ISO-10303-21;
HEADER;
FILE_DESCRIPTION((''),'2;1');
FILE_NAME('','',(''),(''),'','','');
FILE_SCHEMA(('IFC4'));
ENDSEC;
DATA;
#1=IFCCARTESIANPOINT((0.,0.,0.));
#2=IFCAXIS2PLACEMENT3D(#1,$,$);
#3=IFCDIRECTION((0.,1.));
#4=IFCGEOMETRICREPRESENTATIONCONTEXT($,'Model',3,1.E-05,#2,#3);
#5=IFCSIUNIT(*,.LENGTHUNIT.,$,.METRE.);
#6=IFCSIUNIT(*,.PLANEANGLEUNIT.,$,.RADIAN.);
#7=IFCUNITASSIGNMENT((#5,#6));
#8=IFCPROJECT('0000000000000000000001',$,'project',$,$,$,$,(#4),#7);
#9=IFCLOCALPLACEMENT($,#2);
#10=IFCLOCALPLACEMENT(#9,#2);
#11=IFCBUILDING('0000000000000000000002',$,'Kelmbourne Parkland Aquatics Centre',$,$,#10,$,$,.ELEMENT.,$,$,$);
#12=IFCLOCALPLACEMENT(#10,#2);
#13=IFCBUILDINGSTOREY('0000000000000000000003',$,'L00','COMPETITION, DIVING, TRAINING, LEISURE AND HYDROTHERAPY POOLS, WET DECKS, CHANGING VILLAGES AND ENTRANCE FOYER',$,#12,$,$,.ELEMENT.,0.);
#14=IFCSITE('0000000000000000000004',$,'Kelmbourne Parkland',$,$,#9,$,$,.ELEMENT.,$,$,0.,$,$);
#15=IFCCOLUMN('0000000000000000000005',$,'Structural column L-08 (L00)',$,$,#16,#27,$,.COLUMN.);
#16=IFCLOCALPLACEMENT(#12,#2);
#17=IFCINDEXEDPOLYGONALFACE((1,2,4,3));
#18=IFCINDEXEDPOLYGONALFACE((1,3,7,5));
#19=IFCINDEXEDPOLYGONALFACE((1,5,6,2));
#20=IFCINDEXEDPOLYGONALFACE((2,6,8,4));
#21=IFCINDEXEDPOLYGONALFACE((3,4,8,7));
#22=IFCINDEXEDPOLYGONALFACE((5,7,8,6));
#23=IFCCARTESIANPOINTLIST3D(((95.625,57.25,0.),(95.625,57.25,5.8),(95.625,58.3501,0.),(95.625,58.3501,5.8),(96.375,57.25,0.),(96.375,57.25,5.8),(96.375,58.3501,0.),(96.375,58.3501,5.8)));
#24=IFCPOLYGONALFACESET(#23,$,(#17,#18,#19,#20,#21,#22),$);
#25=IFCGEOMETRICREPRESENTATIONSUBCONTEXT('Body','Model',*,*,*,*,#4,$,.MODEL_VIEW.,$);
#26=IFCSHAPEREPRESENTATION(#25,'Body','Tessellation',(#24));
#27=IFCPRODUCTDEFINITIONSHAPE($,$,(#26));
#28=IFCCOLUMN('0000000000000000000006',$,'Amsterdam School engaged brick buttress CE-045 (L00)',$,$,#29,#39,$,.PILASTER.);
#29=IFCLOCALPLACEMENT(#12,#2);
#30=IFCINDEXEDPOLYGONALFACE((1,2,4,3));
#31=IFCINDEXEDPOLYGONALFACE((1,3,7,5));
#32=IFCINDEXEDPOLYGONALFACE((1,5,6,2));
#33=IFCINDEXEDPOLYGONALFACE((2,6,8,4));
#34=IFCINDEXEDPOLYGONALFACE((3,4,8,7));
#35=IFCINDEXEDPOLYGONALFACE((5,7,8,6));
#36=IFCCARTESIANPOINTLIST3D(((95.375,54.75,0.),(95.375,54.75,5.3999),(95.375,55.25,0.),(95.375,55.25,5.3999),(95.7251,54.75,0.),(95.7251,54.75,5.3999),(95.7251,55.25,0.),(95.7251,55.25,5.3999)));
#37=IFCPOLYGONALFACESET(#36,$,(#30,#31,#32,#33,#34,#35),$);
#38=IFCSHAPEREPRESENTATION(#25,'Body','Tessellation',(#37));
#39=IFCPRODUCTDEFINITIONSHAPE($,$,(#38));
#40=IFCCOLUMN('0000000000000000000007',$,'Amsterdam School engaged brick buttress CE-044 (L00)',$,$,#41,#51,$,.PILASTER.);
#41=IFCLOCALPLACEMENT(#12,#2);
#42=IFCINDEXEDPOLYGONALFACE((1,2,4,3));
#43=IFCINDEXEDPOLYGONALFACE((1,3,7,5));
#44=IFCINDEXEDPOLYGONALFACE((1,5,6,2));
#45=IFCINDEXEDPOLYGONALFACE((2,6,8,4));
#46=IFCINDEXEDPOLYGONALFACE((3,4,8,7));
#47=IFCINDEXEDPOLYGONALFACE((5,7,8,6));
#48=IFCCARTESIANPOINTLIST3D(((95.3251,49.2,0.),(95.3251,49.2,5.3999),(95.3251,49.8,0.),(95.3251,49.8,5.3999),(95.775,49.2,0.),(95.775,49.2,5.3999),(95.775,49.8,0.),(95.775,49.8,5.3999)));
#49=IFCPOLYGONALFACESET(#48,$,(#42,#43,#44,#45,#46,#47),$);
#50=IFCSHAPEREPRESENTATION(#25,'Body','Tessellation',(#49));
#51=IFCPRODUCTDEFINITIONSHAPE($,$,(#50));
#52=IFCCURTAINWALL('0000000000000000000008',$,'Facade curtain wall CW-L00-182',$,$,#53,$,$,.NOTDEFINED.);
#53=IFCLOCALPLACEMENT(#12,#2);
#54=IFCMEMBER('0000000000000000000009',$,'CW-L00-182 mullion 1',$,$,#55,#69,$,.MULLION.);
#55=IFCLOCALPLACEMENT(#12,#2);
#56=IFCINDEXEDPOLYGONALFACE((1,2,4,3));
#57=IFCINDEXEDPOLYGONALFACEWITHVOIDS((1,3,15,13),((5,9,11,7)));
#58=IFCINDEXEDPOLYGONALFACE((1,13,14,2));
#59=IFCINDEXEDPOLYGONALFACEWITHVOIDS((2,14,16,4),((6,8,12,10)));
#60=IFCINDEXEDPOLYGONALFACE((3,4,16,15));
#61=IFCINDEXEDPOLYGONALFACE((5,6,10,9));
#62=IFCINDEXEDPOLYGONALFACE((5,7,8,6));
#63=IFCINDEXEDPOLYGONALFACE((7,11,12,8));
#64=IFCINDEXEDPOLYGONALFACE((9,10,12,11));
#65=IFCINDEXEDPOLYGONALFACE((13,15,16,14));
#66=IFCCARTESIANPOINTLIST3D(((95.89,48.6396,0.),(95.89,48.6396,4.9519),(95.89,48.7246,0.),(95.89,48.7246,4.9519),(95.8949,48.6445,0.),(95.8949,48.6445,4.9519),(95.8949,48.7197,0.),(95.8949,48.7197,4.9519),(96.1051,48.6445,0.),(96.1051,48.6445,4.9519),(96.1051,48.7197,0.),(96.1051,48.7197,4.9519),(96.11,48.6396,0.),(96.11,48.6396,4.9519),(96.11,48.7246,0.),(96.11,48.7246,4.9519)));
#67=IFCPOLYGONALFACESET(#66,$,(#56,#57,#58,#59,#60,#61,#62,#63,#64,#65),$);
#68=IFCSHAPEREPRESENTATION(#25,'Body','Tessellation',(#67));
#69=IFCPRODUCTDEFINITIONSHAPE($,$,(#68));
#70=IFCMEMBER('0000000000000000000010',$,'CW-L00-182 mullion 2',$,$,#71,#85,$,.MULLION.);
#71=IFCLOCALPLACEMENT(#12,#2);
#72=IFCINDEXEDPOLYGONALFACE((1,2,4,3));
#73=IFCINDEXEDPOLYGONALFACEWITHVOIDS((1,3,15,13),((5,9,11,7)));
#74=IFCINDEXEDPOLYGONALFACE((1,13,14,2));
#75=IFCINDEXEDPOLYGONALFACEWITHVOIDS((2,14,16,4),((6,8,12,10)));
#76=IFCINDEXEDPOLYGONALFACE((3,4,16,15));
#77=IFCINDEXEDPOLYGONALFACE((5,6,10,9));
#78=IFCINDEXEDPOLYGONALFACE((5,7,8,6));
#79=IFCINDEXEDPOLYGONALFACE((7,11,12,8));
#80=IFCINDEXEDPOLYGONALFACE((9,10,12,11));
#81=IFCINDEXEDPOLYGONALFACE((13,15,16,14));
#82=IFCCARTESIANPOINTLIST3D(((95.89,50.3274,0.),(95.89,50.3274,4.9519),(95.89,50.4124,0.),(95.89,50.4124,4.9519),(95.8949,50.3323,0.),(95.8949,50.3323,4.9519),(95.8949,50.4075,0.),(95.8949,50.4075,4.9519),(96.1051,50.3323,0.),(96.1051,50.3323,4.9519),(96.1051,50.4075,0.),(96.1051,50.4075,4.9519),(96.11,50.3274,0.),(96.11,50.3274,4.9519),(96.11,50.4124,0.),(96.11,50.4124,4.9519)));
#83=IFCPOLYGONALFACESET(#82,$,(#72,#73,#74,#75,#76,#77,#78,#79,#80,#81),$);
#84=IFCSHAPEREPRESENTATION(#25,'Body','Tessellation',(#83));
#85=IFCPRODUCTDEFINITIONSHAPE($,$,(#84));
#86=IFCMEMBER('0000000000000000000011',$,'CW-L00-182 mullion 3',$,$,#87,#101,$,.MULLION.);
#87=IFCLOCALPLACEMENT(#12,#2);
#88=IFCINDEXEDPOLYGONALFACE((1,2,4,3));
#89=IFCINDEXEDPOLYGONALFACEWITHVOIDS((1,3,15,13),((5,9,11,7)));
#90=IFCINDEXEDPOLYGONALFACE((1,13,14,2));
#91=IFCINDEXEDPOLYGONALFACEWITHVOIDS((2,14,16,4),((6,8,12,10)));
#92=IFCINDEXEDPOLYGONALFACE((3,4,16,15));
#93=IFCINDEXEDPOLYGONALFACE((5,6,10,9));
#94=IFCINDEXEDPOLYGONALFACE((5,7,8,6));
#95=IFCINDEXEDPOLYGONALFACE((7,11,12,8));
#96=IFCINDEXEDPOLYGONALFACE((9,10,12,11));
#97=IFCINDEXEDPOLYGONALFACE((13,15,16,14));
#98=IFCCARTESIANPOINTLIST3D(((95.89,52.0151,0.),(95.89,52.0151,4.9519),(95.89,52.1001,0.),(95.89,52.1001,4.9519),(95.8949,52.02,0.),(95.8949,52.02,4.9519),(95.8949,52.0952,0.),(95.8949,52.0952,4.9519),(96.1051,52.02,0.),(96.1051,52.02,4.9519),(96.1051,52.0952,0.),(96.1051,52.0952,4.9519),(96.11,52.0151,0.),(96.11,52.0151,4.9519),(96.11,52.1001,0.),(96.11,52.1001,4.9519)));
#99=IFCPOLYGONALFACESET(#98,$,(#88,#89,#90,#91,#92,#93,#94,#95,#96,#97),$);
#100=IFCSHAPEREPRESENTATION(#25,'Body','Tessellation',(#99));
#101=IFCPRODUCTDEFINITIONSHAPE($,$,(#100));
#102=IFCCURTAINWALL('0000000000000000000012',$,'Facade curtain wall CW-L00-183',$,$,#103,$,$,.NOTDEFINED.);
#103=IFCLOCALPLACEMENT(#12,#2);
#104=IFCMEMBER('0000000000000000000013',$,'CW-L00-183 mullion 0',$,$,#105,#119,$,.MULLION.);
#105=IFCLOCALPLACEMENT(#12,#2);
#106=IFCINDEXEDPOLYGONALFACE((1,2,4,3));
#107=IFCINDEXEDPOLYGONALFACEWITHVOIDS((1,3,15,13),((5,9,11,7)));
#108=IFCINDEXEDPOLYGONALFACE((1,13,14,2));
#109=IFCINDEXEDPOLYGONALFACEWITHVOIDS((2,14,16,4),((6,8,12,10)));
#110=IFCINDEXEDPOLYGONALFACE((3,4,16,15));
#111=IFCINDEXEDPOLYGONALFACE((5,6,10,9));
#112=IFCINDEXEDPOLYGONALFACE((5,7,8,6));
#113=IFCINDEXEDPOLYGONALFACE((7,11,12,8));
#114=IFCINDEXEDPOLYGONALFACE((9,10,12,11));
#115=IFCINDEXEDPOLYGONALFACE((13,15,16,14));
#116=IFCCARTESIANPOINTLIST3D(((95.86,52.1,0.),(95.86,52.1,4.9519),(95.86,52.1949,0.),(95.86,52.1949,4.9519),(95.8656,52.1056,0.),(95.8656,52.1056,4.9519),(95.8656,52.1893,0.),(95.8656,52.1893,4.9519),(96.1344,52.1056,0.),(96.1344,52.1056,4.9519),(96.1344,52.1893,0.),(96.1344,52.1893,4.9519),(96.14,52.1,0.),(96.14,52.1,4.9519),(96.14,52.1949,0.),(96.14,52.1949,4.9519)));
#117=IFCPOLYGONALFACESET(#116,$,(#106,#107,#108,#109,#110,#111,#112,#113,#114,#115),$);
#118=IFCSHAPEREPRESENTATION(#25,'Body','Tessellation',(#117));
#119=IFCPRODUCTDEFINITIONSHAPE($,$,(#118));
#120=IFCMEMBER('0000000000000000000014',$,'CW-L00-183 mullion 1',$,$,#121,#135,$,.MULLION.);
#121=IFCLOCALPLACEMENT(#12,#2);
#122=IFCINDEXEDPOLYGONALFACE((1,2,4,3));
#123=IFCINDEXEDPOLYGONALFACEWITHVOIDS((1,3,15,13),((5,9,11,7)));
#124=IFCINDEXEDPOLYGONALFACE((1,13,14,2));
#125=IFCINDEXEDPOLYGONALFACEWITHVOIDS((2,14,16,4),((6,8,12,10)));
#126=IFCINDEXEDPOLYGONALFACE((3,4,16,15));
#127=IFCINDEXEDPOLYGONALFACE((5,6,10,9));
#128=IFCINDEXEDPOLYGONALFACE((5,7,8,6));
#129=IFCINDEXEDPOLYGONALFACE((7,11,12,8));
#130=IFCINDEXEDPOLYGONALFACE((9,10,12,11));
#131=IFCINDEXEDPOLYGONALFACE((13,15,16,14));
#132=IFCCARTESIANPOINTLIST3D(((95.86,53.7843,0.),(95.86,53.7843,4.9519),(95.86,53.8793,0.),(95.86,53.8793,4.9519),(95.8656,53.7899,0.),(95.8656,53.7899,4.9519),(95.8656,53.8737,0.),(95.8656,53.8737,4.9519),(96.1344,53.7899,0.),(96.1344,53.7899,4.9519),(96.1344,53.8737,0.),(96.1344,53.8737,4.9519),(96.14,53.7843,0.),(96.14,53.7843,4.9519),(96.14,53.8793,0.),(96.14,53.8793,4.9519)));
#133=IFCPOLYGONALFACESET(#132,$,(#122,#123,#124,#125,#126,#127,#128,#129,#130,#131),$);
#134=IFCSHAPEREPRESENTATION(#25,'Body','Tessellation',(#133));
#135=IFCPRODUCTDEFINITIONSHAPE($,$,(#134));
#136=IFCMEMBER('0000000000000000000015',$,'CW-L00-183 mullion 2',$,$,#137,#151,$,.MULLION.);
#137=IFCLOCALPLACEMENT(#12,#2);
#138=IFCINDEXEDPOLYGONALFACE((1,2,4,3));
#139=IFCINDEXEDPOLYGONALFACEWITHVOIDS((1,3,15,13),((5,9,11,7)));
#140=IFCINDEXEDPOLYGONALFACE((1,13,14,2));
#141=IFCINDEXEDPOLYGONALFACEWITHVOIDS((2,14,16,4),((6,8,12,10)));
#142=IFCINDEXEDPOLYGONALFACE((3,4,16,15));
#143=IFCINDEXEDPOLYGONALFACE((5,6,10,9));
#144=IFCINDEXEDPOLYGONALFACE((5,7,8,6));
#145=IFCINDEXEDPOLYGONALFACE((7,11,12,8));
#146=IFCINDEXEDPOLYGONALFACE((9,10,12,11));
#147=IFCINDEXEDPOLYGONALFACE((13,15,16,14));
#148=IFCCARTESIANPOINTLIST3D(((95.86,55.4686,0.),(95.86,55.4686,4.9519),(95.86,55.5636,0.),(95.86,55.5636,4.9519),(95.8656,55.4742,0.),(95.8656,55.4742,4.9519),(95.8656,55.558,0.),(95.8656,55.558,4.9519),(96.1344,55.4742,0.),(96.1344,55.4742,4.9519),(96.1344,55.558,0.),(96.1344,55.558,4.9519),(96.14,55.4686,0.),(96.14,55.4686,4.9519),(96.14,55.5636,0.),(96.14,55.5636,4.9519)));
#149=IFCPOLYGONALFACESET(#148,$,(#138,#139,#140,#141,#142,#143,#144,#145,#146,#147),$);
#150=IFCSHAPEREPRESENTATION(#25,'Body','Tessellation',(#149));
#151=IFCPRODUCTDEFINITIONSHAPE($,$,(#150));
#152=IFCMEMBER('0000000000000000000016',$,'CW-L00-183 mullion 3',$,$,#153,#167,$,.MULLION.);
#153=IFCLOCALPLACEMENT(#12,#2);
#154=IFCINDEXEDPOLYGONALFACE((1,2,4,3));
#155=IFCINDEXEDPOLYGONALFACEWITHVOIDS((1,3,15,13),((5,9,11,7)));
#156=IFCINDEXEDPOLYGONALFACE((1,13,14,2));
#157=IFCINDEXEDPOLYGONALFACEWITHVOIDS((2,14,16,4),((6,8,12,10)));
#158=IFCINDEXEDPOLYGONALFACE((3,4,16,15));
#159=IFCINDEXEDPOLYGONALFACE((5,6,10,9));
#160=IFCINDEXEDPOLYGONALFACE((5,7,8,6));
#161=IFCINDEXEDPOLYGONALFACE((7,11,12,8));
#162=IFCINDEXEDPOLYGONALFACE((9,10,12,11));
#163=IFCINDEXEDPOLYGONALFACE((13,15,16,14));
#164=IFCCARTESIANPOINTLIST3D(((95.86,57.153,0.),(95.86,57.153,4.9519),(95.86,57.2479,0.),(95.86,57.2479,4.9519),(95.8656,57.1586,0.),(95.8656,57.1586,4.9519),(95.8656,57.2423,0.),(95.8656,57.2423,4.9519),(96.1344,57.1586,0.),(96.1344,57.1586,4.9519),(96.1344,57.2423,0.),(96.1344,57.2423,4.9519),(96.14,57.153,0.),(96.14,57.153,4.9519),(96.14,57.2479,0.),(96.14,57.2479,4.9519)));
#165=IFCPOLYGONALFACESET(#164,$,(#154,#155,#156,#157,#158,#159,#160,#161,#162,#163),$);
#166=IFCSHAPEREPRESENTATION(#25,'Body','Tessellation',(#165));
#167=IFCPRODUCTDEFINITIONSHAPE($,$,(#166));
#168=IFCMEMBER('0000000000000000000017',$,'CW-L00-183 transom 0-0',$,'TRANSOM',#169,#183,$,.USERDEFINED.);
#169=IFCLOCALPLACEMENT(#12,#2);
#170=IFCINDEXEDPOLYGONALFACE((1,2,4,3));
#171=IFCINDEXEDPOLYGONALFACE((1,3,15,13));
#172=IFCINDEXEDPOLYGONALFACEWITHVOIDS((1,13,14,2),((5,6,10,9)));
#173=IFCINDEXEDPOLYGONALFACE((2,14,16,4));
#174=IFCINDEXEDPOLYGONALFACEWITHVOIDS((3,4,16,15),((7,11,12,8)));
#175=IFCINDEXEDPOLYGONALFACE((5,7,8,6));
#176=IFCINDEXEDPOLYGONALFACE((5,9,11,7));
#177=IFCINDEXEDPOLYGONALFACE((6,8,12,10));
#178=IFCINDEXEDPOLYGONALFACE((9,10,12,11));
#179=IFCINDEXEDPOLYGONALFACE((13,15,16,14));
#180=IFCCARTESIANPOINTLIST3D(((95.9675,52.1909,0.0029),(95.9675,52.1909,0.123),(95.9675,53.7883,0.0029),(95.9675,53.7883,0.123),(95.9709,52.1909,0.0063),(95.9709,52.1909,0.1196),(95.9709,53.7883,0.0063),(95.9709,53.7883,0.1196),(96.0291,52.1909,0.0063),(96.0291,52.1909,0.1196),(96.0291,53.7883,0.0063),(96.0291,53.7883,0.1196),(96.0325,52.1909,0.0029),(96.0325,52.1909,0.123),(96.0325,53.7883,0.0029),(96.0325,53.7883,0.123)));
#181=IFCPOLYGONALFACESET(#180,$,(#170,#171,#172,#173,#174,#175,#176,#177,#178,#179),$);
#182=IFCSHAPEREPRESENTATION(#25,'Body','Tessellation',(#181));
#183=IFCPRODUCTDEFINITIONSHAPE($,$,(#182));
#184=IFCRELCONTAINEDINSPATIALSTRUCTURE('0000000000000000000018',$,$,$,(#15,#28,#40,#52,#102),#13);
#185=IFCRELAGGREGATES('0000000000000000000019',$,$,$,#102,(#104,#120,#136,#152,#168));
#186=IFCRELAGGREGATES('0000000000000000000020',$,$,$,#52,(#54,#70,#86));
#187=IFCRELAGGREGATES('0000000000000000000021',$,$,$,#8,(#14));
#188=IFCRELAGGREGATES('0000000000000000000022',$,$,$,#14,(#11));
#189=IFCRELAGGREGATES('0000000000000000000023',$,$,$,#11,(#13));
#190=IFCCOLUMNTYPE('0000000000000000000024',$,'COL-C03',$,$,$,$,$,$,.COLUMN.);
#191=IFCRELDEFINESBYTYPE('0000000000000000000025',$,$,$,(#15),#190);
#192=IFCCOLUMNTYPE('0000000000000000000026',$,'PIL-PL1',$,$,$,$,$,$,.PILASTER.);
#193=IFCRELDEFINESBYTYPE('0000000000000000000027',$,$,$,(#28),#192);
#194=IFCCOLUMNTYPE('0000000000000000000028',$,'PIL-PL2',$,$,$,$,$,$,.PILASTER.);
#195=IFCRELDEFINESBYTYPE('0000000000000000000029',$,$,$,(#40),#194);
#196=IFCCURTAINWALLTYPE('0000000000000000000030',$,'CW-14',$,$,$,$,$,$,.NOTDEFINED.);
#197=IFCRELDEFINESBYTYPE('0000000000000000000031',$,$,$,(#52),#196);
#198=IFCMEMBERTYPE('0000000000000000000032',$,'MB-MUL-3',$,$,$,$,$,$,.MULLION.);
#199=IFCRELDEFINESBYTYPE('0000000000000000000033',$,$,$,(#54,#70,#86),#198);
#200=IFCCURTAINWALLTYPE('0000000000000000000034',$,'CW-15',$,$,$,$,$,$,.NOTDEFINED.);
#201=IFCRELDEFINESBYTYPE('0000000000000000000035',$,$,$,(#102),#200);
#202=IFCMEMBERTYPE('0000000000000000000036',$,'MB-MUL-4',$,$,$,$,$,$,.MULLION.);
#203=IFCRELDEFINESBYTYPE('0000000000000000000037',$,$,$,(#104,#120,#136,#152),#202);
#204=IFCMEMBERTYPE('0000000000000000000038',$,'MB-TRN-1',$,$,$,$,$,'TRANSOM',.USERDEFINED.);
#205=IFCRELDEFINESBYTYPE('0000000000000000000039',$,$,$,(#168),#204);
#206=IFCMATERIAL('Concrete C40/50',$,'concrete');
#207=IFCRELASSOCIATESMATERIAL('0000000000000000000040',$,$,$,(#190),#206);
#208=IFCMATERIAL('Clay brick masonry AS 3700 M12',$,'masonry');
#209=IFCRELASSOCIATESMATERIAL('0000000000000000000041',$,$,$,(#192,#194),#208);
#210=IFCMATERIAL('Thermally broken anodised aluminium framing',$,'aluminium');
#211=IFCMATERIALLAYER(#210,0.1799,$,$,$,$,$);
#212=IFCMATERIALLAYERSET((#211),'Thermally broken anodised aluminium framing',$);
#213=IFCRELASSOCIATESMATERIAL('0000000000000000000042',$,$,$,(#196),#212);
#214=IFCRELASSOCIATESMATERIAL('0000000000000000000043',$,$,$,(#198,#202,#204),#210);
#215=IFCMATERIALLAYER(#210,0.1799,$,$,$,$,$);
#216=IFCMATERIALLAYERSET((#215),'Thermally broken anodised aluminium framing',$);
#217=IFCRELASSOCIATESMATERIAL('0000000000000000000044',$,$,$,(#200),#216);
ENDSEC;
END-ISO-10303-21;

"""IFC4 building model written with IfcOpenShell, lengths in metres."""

from ifc_helpers import new_model, si_unit, direction, frame, origin, origin_2d, place, context, subcontext, project, spatial, rectangle, hollow_rectangle, extrude, material, layer, layer_set, material_profile, profile_set, type_object, element, aggregate, save


model = new_model("IFC4")

# Units and contexts
model_context = context("Model", 3, precision=1e-05, world=origin(), true_north=direction((0.0, 1.0)))
body_context = subcontext(model_context, "Body", "Model", "MODEL_VIEW")
ifc_project = project(units=[si_unit("LENGTHUNIT", "METRE"), si_unit("PLANEANGLEUNIT", "RADIAN")], contexts=[model_context])

# Site, building, storey
site_placement = place(None, origin())
site = spatial("IfcSite", under=ifc_project, at=site_placement, Name="Kelmbourne Parkland", CompositionType="ELEMENT", RefElevation=0.0)
building_placement = place(site_placement, origin())
building = spatial("IfcBuilding", under=site, at=building_placement, Name="Kelmbourne Parkland Aquatics Centre", CompositionType="ELEMENT")
storey_placement = place(building_placement, origin())
storey = spatial("IfcBuildingStorey", under=building, at=storey_placement, Name="L00", Description="COMPETITION, DIVING, TRAINING, LEISURE AND HYDROTHERAPY POOLS, WET DECKS, CHANGING VILLAGES AND ENTRANCE FOYER", CompositionType="ELEMENT", Elevation=0.0)

# Columns
ifc_material_1 = material(Name="Concrete C40/50", Category="concrete")
ifc_material_profile_1 = material_profile(ifc_material_1, rectangle(XDim=0.75, YDim=1.1001, at=origin_2d()), Name="RC 750x1100")
ifc_profile_set_1 = profile_set([ifc_material_profile_1], Name="Concrete C40/50")
column_type_1 = type_object("IfcColumnType", Name="COL-C03", PredefinedType="COLUMN", material=ifc_profile_set_1)
column_1_placement = place(storey_placement, frame((96.0, 57.8, 0.0), z_axis=(0.0, 0.0, 1.0), x_axis=(1.0, 0.0, 0.0)))
element("IfcColumn", 1, at=column_1_placement, inside=storey, type_object=column_type_1, Name="Structural column L-08 (L00)", PredefinedType="COLUMN", context=body_context, shape_type="SweptSolid", body=[
    extrude(rectangle(XDim=0.75, YDim=1.1001, at=origin_2d()), origin(), (0.0, 0.0, 1.0), 5.8),
])
ifc_material_2 = material(Name="Clay brick masonry AS 3700 M12", Category="masonry")
ifc_material_profile_2 = material_profile(ifc_material_2, rectangle(XDim=0.3501, YDim=0.5, at=origin_2d()), Name="PIL 350x500")
ifc_profile_set_2 = profile_set([ifc_material_profile_2], Name="Clay brick masonry AS 3700 M12")
column_type_2 = type_object("IfcColumnType", Name="PIL-PL1", PredefinedType="PILASTER", material=ifc_profile_set_2)
column_2_placement = place(storey_placement, frame((95.55, 55.0, 0.0), z_axis=(0.0, 0.0, 1.0), x_axis=(1.0, 0.0, 0.0)))
element("IfcColumn", 2, at=column_2_placement, inside=storey, type_object=column_type_2, Name="Amsterdam School engaged brick buttress CE-045 (L00)", PredefinedType="PILASTER", context=body_context, shape_type="SweptSolid", body=[
    extrude(rectangle(XDim=0.3501, YDim=0.5, at=origin_2d()), origin(), (0.0, 0.0, 1.0), 5.3999),
])
ifc_material_profile_3 = material_profile(ifc_material_2, rectangle(XDim=0.45, YDim=0.6001, at=origin_2d()), Name="PIL 450x600")
ifc_profile_set_3 = profile_set([ifc_material_profile_3], Name="Clay brick masonry AS 3700 M12")
column_type_3 = type_object("IfcColumnType", Name="PIL-PL2", PredefinedType="PILASTER", material=ifc_profile_set_3)
column_3_placement = place(storey_placement, frame((95.55, 49.5, 0.0), z_axis=(0.0, 0.0, 1.0), x_axis=(1.0, 0.0, 0.0)))
element("IfcColumn", 3, at=column_3_placement, inside=storey, type_object=column_type_3, Name="Amsterdam School engaged brick buttress CE-044 (L00)", PredefinedType="PILASTER", context=body_context, shape_type="SweptSolid", body=[
    extrude(rectangle(XDim=0.45, YDim=0.6001, at=origin_2d()), origin(), (0.0, 0.0, 1.0), 5.3999),
])

# Curtain walls, members
ifc_material_3 = material(Name="Thermally broken anodised aluminium framing", Category="aluminium")
ifc_layer_1 = layer(ifc_material_3, 0.1799)
ifc_layer_set_1 = layer_set([ifc_layer_1], Name="Thermally broken anodised aluminium framing")
curtain_wall_type_1 = type_object("IfcCurtainWallType", Name="CW-14", PredefinedType="NOTDEFINED", material=ifc_layer_set_1)
curtain_wall_1_placement = place(storey_placement, origin())
curtain_wall_1 = element("IfcCurtainWall", 4, at=curtain_wall_1_placement, inside=storey, type_object=curtain_wall_type_1, Name="Facade curtain wall CW-L00-182", PredefinedType="NOTDEFINED")
ifc_material_profile_4 = material_profile(ifc_material_3, hollow_rectangle(XDim=0.085, YDim=0.22, WallThickness=0.0049, at=origin_2d()), Name="CW-M 85x220")
ifc_profile_set_4 = profile_set([ifc_material_profile_4], Name="Thermally broken anodised aluminium framing")
member_type_1 = type_object("IfcMemberType", Name="MB-MUL-3", PredefinedType="MULLION", material=ifc_profile_set_4)
member_1_placement = place(storey_placement, frame((96.0, 48.6821, 0.0), z_axis=(0.0, 0.0, 1.0), x_axis=(0.0, 1.0, 0.0)))
member_1 = element("IfcMember", 5, at=member_1_placement, type_object=member_type_1, Name="CW-L00-182 mullion 1", PredefinedType="MULLION", context=body_context, shape_type="SweptSolid", body=[
    extrude(hollow_rectangle(XDim=0.085, YDim=0.22, WallThickness=0.0049, at=origin_2d()), origin(), (0.0, 0.0, 1.0), 4.9519),
])
member_2_placement = place(storey_placement, frame((96.0, 50.3699, 0.0), z_axis=(0.0, 0.0, 1.0), x_axis=(0.0, 1.0, 0.0)))
member_2 = element("IfcMember", 6, at=member_2_placement, type_object=member_type_1, Name="CW-L00-182 mullion 2", PredefinedType="MULLION", context=body_context, shape_type="SweptSolid", body=[
    extrude(hollow_rectangle(XDim=0.085, YDim=0.22, WallThickness=0.0049, at=origin_2d()), origin(), (0.0, 0.0, 1.0), 4.9519),
])
member_3_placement = place(storey_placement, frame((96.0, 52.0576, 0.0), z_axis=(0.0, 0.0, 1.0), x_axis=(0.0, 1.0, 0.0)))
member_3 = element("IfcMember", 7, at=member_3_placement, type_object=member_type_1, Name="CW-L00-182 mullion 3", PredefinedType="MULLION", context=body_context, shape_type="SweptSolid", body=[
    extrude(hollow_rectangle(XDim=0.085, YDim=0.22, WallThickness=0.0049, at=origin_2d()), origin(), (0.0, 0.0, 1.0), 4.9519),
])
ifc_layer_2 = layer(ifc_material_3, 0.1799)
ifc_layer_set_2 = layer_set([ifc_layer_2], Name="Thermally broken anodised aluminium framing")
curtain_wall_type_2 = type_object("IfcCurtainWallType", Name="CW-15", PredefinedType="NOTDEFINED", material=ifc_layer_set_2)
curtain_wall_2_placement = place(storey_placement, origin())
curtain_wall_2 = element("IfcCurtainWall", 8, at=curtain_wall_2_placement, inside=storey, type_object=curtain_wall_type_2, Name="Facade curtain wall CW-L00-183", PredefinedType="NOTDEFINED")
ifc_material_profile_5 = material_profile(ifc_material_3, hollow_rectangle(XDim=0.095, YDim=0.28, WallThickness=0.0056, at=origin_2d()), Name="CW-M 95x280")
ifc_profile_set_5 = profile_set([ifc_material_profile_5], Name="Thermally broken anodised aluminium framing")
member_type_2 = type_object("IfcMemberType", Name="MB-MUL-4", PredefinedType="MULLION", material=ifc_profile_set_5)
member_4_placement = place(storey_placement, frame((96.0, 52.1475, 0.0), z_axis=(0.0, 0.0, 1.0), x_axis=(0.0, 1.0, 0.0)))
member_4 = element("IfcMember", 9, at=member_4_placement, type_object=member_type_2, Name="CW-L00-183 mullion 0", PredefinedType="MULLION", context=body_context, shape_type="SweptSolid", body=[
    extrude(hollow_rectangle(XDim=0.095, YDim=0.28, WallThickness=0.0056, at=origin_2d()), origin(), (0.0, 0.0, 1.0), 4.9519),
])
member_5_placement = place(storey_placement, frame((96.0, 53.8318, 0.0), z_axis=(0.0, 0.0, 1.0), x_axis=(0.0, 1.0, 0.0)))
member_5 = element("IfcMember", 10, at=member_5_placement, type_object=member_type_2, Name="CW-L00-183 mullion 1", PredefinedType="MULLION", context=body_context, shape_type="SweptSolid", body=[
    extrude(hollow_rectangle(XDim=0.095, YDim=0.28, WallThickness=0.0056, at=origin_2d()), origin(), (0.0, 0.0, 1.0), 4.9519),
])
member_6_placement = place(storey_placement, frame((96.0, 55.5161, 0.0), z_axis=(0.0, 0.0, 1.0), x_axis=(0.0, 1.0, 0.0)))
member_6 = element("IfcMember", 11, at=member_6_placement, type_object=member_type_2, Name="CW-L00-183 mullion 2", PredefinedType="MULLION", context=body_context, shape_type="SweptSolid", body=[
    extrude(hollow_rectangle(XDim=0.095, YDim=0.28, WallThickness=0.0056, at=origin_2d()), origin(), (0.0, 0.0, 1.0), 4.9519),
])
member_7_placement = place(storey_placement, frame((96.0, 57.2004, 0.0), z_axis=(0.0, 0.0, 1.0), x_axis=(0.0, 1.0, 0.0)))
member_7 = element("IfcMember", 12, at=member_7_placement, type_object=member_type_2, Name="CW-L00-183 mullion 3", PredefinedType="MULLION", context=body_context, shape_type="SweptSolid", body=[
    extrude(hollow_rectangle(XDim=0.095, YDim=0.28, WallThickness=0.0056, at=origin_2d()), origin(), (0.0, 0.0, 1.0), 4.9519),
])
ifc_material_profile_6 = material_profile(ifc_material_3, hollow_rectangle(XDim=0.0649, YDim=0.1201, WallThickness=0.0034, at=origin_2d()), Name="CW-T 65x120")
ifc_profile_set_6 = profile_set([ifc_material_profile_6], Name="Thermally broken anodised aluminium framing")
member_type_3 = type_object("IfcMemberType", Name="MB-TRN-1", ElementType="TRANSOM", PredefinedType="USERDEFINED", material=ifc_profile_set_6)
member_8_placement = place(storey_placement, frame((96.0, 52.1909, 0.063), z_axis=(0.0, 1.0, 0.0), x_axis=(-1.0, 0.0, 0.0)))
member_8 = element("IfcMember", 13, at=member_8_placement, type_object=member_type_3, Name="CW-L00-183 transom 0-0", ObjectType="TRANSOM", PredefinedType="USERDEFINED", context=body_context, shape_type="SweptSolid", body=[
    extrude(hollow_rectangle(XDim=0.0649, YDim=0.1201, WallThickness=0.0034, at=origin_2d()), origin(), (0.0, 0.0, 1.0), 1.5974),
])

aggregate(curtain_wall_2, [member_4, member_5, member_6, member_7, member_8])
aggregate(curtain_wall_1, [member_1, member_2, member_3])

save(model, "model.ifc")
